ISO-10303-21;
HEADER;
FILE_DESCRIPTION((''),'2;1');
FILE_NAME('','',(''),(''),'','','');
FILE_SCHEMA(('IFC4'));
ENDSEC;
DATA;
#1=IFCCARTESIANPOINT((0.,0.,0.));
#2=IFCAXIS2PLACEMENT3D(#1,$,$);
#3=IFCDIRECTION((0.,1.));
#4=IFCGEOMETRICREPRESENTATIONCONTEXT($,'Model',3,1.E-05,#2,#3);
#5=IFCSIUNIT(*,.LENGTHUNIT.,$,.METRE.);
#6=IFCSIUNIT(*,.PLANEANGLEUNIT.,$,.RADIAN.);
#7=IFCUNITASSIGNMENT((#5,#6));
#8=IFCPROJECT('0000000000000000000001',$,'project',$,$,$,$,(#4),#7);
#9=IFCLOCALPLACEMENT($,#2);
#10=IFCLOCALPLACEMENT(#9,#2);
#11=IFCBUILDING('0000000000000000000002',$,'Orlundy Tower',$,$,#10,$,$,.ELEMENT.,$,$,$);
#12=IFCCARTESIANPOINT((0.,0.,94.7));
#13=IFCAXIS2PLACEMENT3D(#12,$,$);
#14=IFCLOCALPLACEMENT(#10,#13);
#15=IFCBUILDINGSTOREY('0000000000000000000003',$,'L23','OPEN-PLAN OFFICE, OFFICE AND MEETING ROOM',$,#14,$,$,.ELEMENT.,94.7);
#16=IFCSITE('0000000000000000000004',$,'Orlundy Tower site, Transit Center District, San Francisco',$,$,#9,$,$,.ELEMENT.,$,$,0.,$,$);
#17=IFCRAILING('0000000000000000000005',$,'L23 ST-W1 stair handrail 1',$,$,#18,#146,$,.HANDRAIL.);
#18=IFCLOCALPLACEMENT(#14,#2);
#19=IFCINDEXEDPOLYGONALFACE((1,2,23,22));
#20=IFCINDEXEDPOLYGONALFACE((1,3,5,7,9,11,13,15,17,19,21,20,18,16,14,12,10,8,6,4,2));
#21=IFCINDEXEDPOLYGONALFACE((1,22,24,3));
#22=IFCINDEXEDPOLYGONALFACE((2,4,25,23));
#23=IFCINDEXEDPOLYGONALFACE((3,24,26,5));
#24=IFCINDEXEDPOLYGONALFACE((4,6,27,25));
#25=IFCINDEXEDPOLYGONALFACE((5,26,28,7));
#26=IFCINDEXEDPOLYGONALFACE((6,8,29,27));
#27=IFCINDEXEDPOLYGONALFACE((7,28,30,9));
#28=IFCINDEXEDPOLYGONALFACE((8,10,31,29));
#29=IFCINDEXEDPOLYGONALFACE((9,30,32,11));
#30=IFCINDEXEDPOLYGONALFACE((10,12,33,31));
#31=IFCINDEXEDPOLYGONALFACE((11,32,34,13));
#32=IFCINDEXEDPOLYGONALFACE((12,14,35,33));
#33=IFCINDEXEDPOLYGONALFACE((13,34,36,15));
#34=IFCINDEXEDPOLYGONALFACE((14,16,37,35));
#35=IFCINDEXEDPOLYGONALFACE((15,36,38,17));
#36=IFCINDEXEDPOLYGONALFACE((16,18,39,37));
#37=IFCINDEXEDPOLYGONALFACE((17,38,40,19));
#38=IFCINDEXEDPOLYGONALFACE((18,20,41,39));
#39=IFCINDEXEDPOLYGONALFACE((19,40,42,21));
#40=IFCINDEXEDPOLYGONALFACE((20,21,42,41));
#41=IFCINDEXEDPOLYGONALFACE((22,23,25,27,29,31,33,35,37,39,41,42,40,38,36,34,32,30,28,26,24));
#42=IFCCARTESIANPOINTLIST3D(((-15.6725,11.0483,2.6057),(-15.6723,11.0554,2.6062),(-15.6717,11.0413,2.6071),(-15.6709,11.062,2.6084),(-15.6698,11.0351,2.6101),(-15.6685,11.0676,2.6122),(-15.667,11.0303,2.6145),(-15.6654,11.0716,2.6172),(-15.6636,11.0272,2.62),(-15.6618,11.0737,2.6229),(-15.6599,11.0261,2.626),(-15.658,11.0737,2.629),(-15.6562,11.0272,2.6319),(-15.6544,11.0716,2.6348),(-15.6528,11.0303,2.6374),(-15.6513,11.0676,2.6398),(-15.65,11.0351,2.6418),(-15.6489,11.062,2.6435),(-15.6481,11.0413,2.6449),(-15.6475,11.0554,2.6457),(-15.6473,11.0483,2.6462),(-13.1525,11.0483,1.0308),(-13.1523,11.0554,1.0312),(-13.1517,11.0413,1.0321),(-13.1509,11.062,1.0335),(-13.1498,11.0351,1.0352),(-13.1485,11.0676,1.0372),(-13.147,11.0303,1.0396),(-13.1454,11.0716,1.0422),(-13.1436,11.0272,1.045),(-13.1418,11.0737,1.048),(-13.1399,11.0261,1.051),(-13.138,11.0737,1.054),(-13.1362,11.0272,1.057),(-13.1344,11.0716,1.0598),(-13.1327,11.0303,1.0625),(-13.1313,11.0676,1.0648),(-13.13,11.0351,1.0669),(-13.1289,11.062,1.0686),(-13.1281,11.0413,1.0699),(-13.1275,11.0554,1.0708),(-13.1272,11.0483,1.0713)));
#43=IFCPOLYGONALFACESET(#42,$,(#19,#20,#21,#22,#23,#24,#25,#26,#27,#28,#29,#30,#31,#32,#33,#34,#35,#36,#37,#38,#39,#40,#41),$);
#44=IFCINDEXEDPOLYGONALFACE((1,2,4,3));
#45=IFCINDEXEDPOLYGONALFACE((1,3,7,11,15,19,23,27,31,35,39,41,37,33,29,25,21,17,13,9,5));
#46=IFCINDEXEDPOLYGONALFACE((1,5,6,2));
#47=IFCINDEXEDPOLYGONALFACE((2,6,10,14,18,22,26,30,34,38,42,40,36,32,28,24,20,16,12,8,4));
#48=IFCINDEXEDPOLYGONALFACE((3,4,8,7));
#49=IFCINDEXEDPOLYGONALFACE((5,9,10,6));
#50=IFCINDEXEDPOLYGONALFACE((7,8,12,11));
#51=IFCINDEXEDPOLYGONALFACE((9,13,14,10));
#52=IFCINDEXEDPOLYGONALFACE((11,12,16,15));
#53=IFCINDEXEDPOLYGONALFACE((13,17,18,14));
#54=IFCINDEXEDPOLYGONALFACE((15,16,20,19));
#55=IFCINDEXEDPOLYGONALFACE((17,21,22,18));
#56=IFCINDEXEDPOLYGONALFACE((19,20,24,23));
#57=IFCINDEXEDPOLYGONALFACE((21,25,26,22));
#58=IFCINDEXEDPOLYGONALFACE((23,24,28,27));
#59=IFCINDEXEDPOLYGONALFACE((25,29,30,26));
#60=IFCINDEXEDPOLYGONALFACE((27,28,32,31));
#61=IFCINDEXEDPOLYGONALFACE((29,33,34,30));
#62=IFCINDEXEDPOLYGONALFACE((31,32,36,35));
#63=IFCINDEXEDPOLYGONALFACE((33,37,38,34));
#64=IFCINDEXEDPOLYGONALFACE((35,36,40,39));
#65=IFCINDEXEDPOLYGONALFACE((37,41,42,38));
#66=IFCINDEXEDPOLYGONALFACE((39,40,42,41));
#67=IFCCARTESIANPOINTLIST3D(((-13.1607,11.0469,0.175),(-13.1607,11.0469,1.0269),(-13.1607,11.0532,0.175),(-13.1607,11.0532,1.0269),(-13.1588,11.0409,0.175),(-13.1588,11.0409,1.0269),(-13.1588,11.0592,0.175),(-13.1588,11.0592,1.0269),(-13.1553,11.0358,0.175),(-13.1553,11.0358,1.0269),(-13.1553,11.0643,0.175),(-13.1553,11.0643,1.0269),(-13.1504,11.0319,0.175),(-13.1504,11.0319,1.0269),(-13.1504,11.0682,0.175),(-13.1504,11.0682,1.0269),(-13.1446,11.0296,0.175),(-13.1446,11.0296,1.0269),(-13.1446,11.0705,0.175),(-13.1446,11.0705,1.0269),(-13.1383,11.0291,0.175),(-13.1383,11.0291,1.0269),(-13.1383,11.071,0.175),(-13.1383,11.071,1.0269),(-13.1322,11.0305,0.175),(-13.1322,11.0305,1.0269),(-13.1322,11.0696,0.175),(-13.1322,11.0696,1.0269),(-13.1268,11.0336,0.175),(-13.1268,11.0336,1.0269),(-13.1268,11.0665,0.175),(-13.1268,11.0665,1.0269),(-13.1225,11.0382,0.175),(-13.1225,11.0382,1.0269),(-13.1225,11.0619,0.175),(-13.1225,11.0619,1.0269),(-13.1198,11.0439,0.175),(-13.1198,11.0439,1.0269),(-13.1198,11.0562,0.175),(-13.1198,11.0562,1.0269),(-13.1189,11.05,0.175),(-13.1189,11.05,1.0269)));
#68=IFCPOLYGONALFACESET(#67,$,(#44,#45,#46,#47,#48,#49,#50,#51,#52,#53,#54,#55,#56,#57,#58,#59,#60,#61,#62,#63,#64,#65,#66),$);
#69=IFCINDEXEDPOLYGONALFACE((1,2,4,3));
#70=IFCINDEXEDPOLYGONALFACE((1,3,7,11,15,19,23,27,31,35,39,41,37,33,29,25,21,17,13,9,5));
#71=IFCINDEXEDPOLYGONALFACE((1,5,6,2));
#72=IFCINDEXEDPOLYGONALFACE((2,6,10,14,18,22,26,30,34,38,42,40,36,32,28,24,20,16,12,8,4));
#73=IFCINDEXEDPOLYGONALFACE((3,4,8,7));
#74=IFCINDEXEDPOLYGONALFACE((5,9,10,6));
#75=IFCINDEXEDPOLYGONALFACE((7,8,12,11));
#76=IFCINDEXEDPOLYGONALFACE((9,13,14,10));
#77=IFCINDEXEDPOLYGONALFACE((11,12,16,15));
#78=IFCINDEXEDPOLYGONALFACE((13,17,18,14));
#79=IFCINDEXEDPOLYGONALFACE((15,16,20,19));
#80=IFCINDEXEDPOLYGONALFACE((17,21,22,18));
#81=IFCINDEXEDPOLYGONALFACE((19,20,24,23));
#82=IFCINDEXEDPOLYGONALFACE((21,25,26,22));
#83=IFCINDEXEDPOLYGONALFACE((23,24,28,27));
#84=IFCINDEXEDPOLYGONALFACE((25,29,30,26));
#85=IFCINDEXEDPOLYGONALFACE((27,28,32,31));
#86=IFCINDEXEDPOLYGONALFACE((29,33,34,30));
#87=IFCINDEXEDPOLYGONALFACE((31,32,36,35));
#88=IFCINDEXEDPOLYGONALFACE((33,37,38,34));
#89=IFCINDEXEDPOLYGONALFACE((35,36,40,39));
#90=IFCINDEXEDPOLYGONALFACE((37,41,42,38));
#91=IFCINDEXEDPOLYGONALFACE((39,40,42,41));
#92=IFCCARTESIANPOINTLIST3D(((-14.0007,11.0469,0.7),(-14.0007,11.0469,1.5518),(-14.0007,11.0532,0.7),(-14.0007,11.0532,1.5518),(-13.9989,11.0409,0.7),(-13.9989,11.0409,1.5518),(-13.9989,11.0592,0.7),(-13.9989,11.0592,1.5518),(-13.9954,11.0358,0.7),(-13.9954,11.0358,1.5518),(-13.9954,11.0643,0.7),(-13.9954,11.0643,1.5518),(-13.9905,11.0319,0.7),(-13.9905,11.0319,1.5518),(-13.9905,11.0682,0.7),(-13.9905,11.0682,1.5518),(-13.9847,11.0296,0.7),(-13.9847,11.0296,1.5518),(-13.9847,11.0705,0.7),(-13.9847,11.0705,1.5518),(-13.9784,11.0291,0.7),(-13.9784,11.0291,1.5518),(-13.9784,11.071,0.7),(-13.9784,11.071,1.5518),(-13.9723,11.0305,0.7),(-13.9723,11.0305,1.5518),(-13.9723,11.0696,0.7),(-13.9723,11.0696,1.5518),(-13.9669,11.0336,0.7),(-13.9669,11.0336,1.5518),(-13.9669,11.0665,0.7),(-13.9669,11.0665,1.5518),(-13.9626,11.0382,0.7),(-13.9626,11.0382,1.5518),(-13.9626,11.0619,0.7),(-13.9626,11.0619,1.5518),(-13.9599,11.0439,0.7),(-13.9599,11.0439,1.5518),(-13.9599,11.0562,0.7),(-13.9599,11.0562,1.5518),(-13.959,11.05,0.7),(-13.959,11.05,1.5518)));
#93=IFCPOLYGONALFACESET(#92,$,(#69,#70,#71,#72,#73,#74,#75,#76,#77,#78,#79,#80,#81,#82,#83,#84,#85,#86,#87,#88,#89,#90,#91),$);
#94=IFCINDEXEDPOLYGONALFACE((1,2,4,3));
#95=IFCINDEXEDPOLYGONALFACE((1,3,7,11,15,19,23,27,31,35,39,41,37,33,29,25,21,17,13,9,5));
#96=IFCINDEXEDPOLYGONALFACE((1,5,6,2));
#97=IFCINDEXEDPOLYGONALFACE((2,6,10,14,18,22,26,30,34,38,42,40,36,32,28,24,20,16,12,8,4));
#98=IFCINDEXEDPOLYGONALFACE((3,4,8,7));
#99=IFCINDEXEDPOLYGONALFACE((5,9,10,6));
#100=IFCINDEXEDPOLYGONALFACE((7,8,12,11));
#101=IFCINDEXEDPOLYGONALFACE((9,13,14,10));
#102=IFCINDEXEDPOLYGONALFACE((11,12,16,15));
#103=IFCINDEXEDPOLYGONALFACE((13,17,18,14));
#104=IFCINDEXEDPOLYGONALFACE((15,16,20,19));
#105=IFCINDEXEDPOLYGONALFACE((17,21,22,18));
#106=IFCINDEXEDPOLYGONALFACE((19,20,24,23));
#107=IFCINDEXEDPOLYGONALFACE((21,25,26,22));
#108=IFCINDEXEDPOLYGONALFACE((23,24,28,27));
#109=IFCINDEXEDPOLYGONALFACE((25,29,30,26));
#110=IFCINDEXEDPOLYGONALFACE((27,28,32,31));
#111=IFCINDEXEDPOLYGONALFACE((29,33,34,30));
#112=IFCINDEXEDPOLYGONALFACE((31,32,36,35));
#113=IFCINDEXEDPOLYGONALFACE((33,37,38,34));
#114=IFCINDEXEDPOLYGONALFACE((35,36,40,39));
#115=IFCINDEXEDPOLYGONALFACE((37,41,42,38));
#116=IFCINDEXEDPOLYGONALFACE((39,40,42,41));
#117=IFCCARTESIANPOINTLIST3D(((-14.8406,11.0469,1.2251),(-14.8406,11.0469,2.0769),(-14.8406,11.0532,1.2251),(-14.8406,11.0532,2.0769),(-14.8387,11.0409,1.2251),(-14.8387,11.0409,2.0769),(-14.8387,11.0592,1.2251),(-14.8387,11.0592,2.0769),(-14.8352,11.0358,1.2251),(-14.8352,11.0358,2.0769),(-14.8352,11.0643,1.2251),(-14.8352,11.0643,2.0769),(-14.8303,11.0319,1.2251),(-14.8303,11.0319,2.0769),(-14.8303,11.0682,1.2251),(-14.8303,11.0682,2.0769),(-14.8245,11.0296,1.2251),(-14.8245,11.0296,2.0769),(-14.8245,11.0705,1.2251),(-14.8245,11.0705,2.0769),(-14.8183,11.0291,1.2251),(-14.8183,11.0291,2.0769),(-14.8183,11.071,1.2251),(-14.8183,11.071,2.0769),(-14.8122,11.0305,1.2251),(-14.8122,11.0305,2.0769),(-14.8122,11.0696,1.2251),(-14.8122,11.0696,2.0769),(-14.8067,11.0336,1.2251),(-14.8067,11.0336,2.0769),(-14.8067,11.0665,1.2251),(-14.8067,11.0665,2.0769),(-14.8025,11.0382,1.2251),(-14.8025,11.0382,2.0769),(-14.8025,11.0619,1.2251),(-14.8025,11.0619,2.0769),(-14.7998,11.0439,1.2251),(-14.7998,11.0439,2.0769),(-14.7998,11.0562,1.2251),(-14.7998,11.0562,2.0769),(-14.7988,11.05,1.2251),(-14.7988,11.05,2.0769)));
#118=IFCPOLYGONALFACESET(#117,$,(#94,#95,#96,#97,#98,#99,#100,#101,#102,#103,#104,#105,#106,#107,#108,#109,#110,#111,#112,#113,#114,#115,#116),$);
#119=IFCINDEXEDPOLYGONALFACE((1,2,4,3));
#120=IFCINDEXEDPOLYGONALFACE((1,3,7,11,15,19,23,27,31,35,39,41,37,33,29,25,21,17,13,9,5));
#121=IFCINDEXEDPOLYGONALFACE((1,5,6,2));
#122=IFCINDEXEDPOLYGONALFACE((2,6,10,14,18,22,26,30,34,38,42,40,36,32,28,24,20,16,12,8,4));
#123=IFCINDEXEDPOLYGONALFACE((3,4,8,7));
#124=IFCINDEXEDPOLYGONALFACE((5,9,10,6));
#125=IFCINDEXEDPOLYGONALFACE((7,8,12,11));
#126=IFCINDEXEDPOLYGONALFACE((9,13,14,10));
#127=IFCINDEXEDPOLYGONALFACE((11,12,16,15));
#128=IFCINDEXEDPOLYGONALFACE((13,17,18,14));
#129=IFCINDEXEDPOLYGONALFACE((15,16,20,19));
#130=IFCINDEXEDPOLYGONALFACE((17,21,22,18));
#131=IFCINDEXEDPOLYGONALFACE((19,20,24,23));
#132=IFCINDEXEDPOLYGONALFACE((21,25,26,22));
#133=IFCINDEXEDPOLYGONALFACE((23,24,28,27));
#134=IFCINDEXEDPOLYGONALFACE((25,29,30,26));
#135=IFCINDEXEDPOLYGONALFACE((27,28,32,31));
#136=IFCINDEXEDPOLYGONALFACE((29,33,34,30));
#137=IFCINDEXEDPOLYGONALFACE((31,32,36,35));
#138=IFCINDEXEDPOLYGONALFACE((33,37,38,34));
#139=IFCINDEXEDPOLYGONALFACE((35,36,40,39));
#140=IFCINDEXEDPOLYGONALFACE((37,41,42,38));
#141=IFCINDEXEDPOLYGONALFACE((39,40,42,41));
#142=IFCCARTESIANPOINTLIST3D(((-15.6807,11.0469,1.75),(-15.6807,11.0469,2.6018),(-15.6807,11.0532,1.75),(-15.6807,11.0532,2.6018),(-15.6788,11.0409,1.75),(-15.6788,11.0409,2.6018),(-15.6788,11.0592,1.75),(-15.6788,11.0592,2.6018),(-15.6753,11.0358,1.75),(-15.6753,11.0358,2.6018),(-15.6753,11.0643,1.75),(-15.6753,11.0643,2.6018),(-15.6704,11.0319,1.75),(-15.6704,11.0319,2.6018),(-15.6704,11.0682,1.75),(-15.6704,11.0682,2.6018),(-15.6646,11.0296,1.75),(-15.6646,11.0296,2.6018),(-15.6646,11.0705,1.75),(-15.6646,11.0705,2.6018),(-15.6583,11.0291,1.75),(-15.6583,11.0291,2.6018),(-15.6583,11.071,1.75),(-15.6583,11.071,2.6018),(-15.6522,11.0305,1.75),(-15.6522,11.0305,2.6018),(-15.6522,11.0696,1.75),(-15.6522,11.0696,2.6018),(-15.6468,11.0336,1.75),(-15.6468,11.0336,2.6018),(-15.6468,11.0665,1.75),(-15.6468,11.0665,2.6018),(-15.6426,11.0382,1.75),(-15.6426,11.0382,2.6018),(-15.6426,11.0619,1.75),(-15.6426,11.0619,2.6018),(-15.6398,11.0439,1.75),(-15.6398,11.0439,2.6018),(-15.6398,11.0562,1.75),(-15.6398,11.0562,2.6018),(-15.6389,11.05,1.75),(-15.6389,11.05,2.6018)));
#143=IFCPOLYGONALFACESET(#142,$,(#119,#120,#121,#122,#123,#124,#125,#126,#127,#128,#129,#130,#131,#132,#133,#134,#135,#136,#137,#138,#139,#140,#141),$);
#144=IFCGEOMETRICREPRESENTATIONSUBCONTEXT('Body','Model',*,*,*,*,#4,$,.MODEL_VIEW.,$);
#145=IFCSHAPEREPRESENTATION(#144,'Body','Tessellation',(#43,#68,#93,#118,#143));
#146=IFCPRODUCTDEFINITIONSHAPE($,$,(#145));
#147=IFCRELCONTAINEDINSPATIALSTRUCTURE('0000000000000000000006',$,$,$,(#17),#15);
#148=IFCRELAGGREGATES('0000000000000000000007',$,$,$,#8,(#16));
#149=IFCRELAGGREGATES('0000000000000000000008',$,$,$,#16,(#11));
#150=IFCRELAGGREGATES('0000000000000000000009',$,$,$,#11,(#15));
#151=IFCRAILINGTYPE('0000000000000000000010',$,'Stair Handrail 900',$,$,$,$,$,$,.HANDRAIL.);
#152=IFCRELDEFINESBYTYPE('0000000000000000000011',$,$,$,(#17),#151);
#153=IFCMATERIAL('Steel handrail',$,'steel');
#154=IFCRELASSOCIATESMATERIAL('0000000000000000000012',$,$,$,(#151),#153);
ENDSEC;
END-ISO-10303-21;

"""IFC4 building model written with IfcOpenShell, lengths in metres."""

from ifc_helpers import new_model, si_unit, direction, frame, origin, origin_2d, place, context, subcontext, project, spatial, circle, extrude, material, type_object, element, save


model = new_model("IFC4")

# Units and contexts
model_context = context("Model", 3, precision=1e-05, world=origin(), true_north=direction((0.0, 1.0)))
body_context = subcontext(model_context, "Body", "Model", "MODEL_VIEW")
ifc_project = project(units=[si_unit("LENGTHUNIT", "METRE"), si_unit("PLANEANGLEUNIT", "RADIAN")], contexts=[model_context])

# Site, building, storey
site_placement = place(None, origin())
site = spatial("IfcSite", under=ifc_project, at=site_placement, Name="Orlundy Tower site, Transit Center District, San Francisco", CompositionType="ELEMENT", RefElevation=0.0)
building_placement = place(site_placement, origin())
building = spatial("IfcBuilding", under=site, at=building_placement, Name="Orlundy Tower", CompositionType="ELEMENT")
storey_placement = place(building_placement, frame((0.0, 0.0, 94.7)))
storey = spatial("IfcBuildingStorey", under=building, at=storey_placement, Name="L23", Description="OPEN-PLAN OFFICE, OFFICE AND MEETING ROOM", CompositionType="ELEMENT", Elevation=94.7)

# Railing
ifc_material_1 = material(Name="Steel handrail", Category="steel")
railing_type_1 = type_object("IfcRailingType", Name="Stair Handrail 900", PredefinedType="HANDRAIL", material=ifc_material_1)
railing_1_placement = place(storey_placement, frame((-13.1399, 11.05, 0.175)))
element("IfcRailing", 1, at=railing_1_placement, inside=storey, type_object=railing_type_1, Name="L23 ST-W1 stair handrail 1", PredefinedType="HANDRAIL", context=body_context, shape_type="SweptSolid", body=[
    extrude(circle(Radius=0.0239, at=origin_2d()), frame((0.0, 0.0, 0.876), z_axis=(-0.848008, 0.0, 0.529984), x_axis=(0.0, -1.0, 0.0)), (0.0, 0.0, 1.0), 2.9717),
    extrude(circle(Radius=0.021, at=origin_2d()), origin(), (0.0, 0.0, 1.0), 0.8518),
    extrude(circle(Radius=0.021, at=origin_2d()), frame((-0.8401, 0.0, 0.5249)), (0.0, 0.0, 1.0), 0.8518),
    extrude(circle(Radius=0.021, at=origin_2d()), frame((-1.6799, 0.0, 1.05)), (0.0, 0.0, 1.0), 0.8518),
    extrude(circle(Radius=0.021, at=origin_2d()), frame((-2.52, 0.0, 1.575)), (0.0, 0.0, 1.0), 0.8518),
])

save(model, "model.ifc")
